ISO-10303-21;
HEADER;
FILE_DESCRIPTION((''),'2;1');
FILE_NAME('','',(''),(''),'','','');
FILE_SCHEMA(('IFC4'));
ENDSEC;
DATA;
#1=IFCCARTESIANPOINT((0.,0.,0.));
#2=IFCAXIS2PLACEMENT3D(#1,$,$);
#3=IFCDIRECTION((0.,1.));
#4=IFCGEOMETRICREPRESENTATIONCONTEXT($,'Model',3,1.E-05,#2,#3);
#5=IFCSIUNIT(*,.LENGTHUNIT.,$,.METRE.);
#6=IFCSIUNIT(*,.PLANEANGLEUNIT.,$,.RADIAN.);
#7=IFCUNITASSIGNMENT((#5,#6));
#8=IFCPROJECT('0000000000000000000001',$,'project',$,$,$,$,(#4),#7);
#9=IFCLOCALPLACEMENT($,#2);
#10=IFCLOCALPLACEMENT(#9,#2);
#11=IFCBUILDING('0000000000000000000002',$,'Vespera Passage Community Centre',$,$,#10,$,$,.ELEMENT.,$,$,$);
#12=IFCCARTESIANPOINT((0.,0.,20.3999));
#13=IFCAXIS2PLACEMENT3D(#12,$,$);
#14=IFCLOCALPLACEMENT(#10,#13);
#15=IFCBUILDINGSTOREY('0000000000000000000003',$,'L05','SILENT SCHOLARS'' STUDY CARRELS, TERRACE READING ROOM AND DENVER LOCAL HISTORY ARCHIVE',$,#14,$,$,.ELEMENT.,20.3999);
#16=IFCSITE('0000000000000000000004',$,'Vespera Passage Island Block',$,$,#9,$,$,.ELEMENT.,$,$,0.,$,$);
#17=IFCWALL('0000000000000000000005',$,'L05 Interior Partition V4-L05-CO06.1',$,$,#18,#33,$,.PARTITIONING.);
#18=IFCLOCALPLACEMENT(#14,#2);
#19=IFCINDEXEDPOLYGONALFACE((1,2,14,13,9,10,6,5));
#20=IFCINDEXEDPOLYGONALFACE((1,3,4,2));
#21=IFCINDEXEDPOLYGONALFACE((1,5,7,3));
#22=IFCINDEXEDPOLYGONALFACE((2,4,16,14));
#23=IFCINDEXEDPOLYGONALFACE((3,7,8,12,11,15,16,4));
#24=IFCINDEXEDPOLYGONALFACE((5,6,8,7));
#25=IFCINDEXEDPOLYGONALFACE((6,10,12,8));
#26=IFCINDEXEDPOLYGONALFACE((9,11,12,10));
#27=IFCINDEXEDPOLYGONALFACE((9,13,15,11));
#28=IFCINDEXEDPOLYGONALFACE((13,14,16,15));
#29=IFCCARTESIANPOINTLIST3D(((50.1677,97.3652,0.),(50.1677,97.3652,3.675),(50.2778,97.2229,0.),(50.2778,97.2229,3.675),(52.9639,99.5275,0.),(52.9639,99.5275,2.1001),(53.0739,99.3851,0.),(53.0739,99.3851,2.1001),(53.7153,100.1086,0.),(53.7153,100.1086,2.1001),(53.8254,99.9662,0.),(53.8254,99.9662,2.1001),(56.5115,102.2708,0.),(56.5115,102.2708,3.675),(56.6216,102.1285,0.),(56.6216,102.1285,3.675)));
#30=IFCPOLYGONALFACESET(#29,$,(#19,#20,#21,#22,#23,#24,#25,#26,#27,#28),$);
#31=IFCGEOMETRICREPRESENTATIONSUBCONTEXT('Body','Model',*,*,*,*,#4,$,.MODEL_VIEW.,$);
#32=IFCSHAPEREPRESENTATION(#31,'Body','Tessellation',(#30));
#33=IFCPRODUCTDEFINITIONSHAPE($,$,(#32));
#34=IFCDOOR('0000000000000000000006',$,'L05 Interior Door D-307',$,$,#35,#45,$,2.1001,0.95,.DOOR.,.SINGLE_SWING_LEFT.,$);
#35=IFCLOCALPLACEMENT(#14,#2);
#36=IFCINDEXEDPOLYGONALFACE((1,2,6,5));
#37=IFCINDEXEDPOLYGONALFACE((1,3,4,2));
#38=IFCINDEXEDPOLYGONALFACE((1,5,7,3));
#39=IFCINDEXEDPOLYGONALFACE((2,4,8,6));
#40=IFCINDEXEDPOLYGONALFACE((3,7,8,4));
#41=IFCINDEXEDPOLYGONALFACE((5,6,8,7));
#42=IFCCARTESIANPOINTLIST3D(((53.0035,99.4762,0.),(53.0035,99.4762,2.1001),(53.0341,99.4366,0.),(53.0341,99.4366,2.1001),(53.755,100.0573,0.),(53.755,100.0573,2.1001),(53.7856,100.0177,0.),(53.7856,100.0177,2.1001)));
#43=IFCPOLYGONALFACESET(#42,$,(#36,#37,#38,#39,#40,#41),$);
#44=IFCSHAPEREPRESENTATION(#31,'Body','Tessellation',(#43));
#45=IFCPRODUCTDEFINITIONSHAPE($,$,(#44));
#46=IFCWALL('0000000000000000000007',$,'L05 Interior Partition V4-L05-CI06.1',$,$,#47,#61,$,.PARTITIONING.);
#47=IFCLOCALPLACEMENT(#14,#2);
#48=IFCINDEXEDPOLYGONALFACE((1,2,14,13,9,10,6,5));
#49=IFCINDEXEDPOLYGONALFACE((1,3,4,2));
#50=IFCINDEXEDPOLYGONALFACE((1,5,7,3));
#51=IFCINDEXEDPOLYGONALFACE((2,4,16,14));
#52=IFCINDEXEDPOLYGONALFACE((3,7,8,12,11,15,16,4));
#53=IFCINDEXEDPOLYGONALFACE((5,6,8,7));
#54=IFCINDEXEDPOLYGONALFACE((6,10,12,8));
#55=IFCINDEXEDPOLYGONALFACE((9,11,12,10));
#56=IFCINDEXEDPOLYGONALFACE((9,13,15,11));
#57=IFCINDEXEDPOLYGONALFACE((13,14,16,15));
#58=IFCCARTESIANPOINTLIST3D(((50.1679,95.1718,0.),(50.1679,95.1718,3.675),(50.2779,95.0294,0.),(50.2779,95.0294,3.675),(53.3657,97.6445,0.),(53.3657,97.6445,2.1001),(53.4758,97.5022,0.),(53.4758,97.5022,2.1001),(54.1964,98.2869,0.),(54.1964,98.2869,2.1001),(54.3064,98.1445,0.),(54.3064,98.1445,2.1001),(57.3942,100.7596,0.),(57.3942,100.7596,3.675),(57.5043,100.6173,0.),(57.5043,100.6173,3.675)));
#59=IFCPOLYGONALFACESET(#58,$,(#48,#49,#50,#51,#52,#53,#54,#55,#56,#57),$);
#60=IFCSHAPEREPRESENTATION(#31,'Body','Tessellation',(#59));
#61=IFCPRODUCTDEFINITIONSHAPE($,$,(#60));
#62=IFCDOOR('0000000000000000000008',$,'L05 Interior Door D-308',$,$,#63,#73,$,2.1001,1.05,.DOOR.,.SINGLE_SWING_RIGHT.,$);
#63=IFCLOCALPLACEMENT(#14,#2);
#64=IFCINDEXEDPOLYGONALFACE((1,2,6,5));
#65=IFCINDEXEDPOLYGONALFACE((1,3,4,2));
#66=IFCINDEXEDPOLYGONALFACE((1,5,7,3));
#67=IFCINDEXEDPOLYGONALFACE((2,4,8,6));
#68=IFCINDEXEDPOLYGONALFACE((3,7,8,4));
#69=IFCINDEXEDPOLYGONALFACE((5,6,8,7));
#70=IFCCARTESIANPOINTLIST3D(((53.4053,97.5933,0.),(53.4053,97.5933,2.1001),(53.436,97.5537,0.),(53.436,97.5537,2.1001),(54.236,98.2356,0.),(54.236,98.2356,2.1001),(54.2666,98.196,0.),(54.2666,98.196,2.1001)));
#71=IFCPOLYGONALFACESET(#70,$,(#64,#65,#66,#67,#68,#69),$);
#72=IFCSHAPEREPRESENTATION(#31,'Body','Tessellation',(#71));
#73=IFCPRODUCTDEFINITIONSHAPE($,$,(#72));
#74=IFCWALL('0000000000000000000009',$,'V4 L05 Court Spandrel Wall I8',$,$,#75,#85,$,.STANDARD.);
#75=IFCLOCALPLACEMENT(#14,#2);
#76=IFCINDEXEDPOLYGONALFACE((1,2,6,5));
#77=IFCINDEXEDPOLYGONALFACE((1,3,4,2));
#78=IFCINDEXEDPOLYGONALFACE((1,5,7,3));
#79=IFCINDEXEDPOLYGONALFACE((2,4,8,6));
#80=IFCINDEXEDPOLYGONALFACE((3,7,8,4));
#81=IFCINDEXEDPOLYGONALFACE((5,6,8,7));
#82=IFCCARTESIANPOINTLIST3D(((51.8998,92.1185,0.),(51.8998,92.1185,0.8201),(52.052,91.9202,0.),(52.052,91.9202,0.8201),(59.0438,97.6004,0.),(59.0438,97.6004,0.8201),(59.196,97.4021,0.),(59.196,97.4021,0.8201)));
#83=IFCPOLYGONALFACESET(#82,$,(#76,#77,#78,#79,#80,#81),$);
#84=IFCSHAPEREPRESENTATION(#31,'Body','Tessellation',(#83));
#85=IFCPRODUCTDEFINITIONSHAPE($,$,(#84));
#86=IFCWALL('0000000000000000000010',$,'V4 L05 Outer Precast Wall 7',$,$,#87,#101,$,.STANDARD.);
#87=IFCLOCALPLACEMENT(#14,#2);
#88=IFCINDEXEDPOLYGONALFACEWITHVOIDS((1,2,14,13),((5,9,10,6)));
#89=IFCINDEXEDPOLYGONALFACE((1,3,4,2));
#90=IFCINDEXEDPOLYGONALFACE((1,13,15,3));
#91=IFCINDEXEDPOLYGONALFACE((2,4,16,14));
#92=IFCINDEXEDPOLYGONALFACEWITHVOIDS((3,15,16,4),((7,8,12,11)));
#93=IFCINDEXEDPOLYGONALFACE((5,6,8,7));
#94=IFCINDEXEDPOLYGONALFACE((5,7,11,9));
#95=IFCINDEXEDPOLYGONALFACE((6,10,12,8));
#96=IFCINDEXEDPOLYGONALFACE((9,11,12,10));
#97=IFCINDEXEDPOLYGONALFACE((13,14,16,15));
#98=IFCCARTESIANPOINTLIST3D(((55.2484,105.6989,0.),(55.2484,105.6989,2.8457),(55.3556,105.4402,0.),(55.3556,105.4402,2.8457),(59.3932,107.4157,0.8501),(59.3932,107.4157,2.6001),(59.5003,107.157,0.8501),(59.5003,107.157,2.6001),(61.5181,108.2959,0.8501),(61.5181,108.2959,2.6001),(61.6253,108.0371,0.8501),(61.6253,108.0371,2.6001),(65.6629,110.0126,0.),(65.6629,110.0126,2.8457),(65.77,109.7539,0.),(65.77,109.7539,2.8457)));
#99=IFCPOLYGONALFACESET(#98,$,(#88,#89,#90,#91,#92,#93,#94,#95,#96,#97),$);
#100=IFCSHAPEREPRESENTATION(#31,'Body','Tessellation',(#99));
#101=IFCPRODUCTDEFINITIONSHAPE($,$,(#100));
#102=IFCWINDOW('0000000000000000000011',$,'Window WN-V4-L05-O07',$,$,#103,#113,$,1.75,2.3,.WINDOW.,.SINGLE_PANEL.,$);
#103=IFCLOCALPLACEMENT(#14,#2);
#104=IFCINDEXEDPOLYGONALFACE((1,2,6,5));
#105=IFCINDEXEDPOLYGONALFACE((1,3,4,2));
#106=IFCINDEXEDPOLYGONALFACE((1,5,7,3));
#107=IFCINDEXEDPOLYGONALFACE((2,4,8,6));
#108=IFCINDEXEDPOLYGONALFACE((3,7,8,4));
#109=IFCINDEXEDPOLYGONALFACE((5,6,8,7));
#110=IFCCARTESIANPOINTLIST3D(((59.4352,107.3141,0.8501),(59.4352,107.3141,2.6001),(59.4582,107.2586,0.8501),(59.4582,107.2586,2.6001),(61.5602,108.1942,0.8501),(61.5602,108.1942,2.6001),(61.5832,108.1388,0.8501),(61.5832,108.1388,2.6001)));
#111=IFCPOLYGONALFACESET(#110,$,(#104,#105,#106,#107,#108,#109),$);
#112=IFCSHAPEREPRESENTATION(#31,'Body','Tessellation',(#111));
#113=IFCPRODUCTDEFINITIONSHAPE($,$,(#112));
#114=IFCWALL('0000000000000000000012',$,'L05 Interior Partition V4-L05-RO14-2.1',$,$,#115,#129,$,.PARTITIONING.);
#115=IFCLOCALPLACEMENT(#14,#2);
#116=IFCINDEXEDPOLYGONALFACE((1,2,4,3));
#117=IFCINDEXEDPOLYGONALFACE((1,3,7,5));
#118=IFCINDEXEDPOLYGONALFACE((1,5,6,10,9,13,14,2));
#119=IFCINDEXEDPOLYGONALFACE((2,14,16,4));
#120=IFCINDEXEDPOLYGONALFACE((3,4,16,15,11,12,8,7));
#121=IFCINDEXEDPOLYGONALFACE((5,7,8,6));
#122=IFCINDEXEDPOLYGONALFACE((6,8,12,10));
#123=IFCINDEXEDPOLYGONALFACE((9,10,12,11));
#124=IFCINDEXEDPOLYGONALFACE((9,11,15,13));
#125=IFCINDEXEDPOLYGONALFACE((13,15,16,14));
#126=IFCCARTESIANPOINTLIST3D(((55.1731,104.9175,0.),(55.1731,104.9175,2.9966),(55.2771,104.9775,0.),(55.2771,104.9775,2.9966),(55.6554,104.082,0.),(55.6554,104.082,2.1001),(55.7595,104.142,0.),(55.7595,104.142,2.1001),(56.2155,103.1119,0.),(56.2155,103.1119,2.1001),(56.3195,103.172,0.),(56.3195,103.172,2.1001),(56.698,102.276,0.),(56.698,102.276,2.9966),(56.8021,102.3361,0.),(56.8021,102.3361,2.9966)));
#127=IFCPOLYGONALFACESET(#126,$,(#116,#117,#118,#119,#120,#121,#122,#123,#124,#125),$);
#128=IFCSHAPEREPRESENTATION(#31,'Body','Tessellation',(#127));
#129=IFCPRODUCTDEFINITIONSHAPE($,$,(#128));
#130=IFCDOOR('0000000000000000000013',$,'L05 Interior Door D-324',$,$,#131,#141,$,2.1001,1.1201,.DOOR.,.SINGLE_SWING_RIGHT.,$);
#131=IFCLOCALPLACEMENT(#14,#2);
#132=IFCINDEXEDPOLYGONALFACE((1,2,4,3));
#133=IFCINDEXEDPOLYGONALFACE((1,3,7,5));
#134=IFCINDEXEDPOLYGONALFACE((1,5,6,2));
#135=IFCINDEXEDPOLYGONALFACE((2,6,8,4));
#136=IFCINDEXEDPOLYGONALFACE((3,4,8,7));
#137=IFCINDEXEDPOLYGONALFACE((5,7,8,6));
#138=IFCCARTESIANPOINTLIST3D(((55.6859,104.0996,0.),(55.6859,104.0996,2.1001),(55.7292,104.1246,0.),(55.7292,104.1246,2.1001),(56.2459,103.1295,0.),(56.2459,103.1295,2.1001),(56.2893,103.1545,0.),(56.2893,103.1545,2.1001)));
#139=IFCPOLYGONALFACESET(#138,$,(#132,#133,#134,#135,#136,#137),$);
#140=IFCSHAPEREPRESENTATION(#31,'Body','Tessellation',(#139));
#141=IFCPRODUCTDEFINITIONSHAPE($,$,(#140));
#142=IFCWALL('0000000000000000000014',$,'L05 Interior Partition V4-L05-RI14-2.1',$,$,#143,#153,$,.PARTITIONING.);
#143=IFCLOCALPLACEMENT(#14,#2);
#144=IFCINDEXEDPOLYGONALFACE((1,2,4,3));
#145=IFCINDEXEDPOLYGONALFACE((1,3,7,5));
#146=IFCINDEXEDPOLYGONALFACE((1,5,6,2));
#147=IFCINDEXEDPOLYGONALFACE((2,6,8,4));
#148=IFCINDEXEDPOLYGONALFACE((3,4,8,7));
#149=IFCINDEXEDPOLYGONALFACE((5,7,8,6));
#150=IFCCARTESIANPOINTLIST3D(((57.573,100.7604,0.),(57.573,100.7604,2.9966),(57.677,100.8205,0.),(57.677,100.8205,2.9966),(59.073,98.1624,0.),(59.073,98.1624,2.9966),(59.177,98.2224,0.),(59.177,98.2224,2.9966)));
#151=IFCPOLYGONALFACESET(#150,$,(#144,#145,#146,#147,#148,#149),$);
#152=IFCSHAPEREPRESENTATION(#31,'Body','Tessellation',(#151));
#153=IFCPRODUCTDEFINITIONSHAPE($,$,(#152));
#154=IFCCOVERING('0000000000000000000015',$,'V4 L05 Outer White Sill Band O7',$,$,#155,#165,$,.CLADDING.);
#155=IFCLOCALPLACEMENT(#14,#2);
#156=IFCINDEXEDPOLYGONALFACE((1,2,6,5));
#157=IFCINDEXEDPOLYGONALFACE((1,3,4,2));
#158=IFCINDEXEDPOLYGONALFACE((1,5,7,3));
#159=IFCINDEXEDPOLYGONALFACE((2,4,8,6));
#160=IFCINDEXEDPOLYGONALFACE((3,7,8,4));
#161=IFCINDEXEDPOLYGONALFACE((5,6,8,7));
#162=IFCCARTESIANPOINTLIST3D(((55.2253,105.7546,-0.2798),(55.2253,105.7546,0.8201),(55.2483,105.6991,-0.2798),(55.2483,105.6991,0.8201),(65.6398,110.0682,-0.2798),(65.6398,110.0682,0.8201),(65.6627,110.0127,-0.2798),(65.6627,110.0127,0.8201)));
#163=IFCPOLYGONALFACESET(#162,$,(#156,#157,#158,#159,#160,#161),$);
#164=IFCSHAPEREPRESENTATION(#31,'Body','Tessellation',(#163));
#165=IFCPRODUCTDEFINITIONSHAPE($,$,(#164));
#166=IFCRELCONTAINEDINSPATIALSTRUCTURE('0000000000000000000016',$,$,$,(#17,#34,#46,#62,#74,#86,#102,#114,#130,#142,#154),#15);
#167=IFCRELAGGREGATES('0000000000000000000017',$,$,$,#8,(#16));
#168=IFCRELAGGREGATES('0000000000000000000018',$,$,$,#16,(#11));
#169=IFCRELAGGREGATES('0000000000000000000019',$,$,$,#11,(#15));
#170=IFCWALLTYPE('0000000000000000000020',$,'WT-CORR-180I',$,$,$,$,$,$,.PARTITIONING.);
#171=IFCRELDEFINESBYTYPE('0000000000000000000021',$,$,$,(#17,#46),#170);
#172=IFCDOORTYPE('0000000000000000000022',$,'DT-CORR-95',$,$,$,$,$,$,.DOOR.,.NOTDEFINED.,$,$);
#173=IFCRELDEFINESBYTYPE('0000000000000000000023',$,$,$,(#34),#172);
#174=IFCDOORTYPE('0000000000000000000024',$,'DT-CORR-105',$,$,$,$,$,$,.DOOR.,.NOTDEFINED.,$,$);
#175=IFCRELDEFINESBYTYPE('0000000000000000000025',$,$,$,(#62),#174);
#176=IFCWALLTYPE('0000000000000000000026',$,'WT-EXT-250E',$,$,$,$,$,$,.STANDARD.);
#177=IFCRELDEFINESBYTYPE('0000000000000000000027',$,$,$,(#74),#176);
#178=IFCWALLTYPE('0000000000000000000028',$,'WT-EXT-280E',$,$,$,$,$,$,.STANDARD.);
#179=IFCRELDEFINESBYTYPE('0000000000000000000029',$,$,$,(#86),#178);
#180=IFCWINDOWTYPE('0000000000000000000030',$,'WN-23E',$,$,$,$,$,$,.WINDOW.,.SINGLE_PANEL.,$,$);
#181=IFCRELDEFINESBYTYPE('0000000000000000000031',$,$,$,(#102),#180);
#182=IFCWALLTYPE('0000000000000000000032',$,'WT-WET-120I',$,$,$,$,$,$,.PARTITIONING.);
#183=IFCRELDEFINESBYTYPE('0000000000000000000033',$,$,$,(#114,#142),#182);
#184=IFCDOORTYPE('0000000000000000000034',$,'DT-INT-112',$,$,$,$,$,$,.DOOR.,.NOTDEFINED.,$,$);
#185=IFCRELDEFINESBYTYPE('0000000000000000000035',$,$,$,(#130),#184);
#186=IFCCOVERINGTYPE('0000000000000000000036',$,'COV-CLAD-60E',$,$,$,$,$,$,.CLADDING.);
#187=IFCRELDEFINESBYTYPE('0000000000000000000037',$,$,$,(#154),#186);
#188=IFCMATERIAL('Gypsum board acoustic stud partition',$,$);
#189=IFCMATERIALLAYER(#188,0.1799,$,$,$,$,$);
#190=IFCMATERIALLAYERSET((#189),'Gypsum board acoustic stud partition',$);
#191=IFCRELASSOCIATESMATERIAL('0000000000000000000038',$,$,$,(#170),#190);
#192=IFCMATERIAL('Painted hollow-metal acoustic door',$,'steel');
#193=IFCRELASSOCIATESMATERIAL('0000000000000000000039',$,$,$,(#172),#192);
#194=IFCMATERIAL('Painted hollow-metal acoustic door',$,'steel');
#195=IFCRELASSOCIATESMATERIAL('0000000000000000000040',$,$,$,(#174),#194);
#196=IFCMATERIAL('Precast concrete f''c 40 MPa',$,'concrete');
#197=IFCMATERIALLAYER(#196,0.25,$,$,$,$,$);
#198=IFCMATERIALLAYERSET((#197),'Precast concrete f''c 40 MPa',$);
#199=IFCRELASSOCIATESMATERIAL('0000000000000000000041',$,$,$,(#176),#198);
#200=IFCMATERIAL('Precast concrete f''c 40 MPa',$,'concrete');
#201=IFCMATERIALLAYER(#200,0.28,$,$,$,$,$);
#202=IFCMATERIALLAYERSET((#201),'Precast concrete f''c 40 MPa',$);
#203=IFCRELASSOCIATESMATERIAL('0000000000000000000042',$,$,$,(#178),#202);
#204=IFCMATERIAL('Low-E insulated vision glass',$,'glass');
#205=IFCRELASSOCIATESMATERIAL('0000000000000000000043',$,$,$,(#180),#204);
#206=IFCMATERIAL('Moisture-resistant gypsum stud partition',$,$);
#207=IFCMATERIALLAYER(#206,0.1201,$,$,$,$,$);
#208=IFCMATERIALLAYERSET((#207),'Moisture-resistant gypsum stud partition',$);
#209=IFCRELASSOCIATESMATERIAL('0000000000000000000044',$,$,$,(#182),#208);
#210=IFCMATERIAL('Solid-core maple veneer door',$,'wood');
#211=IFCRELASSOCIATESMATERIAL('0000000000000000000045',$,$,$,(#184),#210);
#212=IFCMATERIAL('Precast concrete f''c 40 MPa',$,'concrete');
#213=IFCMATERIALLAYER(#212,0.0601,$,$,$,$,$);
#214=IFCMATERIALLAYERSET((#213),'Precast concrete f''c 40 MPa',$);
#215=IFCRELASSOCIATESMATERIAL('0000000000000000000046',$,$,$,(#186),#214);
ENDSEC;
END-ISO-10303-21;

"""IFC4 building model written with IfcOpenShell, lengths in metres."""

from ifc_helpers import new_model, si_unit, direction, frame, frame_2d, origin, place, context, subcontext, project, spatial, rectangle, extrude, material, layer, layer_set, type_object, element, fill, save


model = new_model("IFC4")

# Units and contexts
model_context = context("Model", 3, precision=1e-05, world=origin(), true_north=direction((0.0, 1.0)))
body_context = subcontext(model_context, "Body", "Model", "MODEL_VIEW")
ifc_project = project(units=[si_unit("LENGTHUNIT", "METRE"), si_unit("PLANEANGLEUNIT", "RADIAN")], contexts=[model_context])

# Site, building, storey
site_placement = place(None, origin())
site = spatial("IfcSite", under=ifc_project, at=site_placement, Name="Vespera Passage Island Block", CompositionType="ELEMENT", RefElevation=0.0)
building_placement = place(site_placement, origin())
building = spatial("IfcBuilding", under=site, at=building_placement, Name="Vespera Passage Community Centre", CompositionType="ELEMENT")
storey_placement = place(building_placement, frame((0.0, 0.0, 20.3999)))
storey = spatial("IfcBuildingStorey", under=building, at=storey_placement, Name="L05", Description="SILENT SCHOLARS' STUDY CARRELS, TERRACE READING ROOM AND DENVER LOCAL HISTORY ARCHIVE", CompositionType="ELEMENT", Elevation=20.3999)

# Walls, openings, doors
ifc_material_1 = material(Name="Gypsum board acoustic stud partition")
ifc_layer_1 = layer(ifc_material_1, 0.1799)
ifc_layer_set_1 = layer_set([ifc_layer_1], Name="Gypsum board acoustic stud partition")
wall_type_1 = type_object("IfcWallType", Name="WT-CORR-180I", PredefinedType="PARTITIONING", material=ifc_layer_set_1)
wall_1_placement = place(storey_placement, frame((56.5667, 102.1997, 0.0), z_axis=(0.0, 0.0, 1.0), x_axis=(-0.791072, -0.611723, 0.0)))
wall_1 = element("IfcWall", 1, at=wall_1_placement, inside=storey, type_object=wall_type_1, Name="L05 Interior Partition V4-L05-CO06.1", PredefinedType="PARTITIONING", context=body_context, shape_type="SweptSolid", body=[
    extrude(rectangle(XDim=8.0193, YDim=0.1799, at=frame_2d((4.0098, 0.0))), origin(), (0.0, 0.0, 1.0), 3.675),
])
opening_1_placement = place(wall_1_placement, frame((3.5347, 0.0, 0.0)))
opening_1 = element("IfcOpeningElement", 2, at=opening_1_placement, cuts=wall_1, PredefinedType="OPENING", context=body_context, shape_type="SweptSolid", body=[
    extrude(rectangle(XDim=0.95, YDim=2.1001, at=frame_2d((0.4751, 1.05))), frame((0.0, 0.0999, 0.0), z_axis=(0.0, -1.0, 0.0), x_axis=(1.0, 0.0, 0.0)), (0.0, 0.0, 1.0), 0.2),
])
ifc_material_2 = material(Name="Painted hollow-metal acoustic door", Category="steel")
door_type_1 = type_object("IfcDoorType", Name="DT-CORR-95", OperationType="NOTDEFINED", PredefinedType="DOOR", material=ifc_material_2)
door_1_placement = place(opening_1_placement, origin())
door_1 = element("IfcDoor", 3, at=door_1_placement, inside=storey, type_object=door_type_1, Name="L05 Interior Door D-307", OperationType="SINGLE_SWING_LEFT", OverallHeight=2.1001, OverallWidth=0.95, PredefinedType="DOOR", context=body_context, shape_type="SweptSolid", body=[
    extrude(rectangle(XDim=0.95, YDim=2.1001, at=frame_2d((0.4751, 1.05))), frame((0.0, 0.0249, 0.0), z_axis=(0.0, -1.0, 0.0), x_axis=(1.0, 0.0, 0.0)), (0.0, 0.0, 1.0), 0.05),
])
fill(opening_1, door_1)
wall_2_placement = place(storey_placement, frame((57.4492, 100.6885, 0.0), z_axis=(0.0, 0.0, 1.0), x_axis=(-0.791077, -0.611716, 0.0)))
wall_2 = element("IfcWall", 4, at=wall_2_placement, inside=storey, type_object=wall_type_1, Name="L05 Interior Partition V4-L05-CI06.1", PredefinedType="PARTITIONING", context=body_context, shape_type="SweptSolid", body=[
    extrude(rectangle(XDim=9.1348, YDim=0.1799, at=frame_2d((4.5674, 0.0))), origin(), (0.0, 0.0, 1.0), 3.675),
])
opening_2_placement = place(wall_2_placement, frame((4.0425, 0.0, 0.0)))
opening_2 = element("IfcOpeningElement", 5, at=opening_2_placement, cuts=wall_2, PredefinedType="OPENING", context=body_context, shape_type="SweptSolid", body=[
    extrude(rectangle(XDim=1.05, YDim=2.1001, at=frame_2d((0.5249, 1.05))), frame((0.0, 0.0999, 0.0), z_axis=(0.0, -1.0, 0.0), x_axis=(1.0, 0.0, 0.0)), (0.0, 0.0, 1.0), 0.2),
])
ifc_material_3 = material(Name="Painted hollow-metal acoustic door", Category="steel")
door_type_2 = type_object("IfcDoorType", Name="DT-CORR-105", OperationType="NOTDEFINED", PredefinedType="DOOR", material=ifc_material_3)
door_2_placement = place(opening_2_placement, origin())
door_2 = element("IfcDoor", 6, at=door_2_placement, inside=storey, type_object=door_type_2, Name="L05 Interior Door D-308", OperationType="SINGLE_SWING_RIGHT", OverallHeight=2.1001, OverallWidth=1.05, PredefinedType="DOOR", context=body_context, shape_type="SweptSolid", body=[
    extrude(rectangle(XDim=1.05, YDim=2.1001, at=frame_2d((0.5249, 1.05))), frame((0.0, 0.0249, 0.0), z_axis=(0.0, -1.0, 0.0), x_axis=(1.0, 0.0, 0.0)), (0.0, 0.0, 1.0), 0.05),
])
fill(opening_2, door_2)

# Wall
ifc_material_4 = material(Name="Precast concrete f'c 40 MPa", Category="concrete")
ifc_layer_2 = layer(ifc_material_4, 0.25)
ifc_layer_set_2 = layer_set([ifc_layer_2], Name="Precast concrete f'c 40 MPa")
wall_type_2 = type_object("IfcWallType", Name="WT-EXT-250E", PredefinedType="STANDARD", material=ifc_layer_set_2)
wall_3_placement = place(storey_placement, frame((59.1199, 97.5012, 0.0), z_axis=(0.0, 0.0, 1.0), x_axis=(-0.793347, -0.60877, 0.0)))
element("IfcWall", 7, at=wall_3_placement, inside=storey, type_object=wall_type_2, Name="V4 L05 Court Spandrel Wall I8", PredefinedType="STANDARD", context=body_context, shape_type="SweptSolid", body=[
    extrude(rectangle(XDim=9.0049, YDim=0.25, at=frame_2d((4.5024, 0.0))), origin(), (0.0, 0.0, 1.0), 0.8201),
])

# Wall, opening, window
ifc_material_5 = material(Name="Precast concrete f'c 40 MPa", Category="concrete")
ifc_layer_3 = layer(ifc_material_5, 0.28)
ifc_layer_set_3 = layer_set([ifc_layer_3], Name="Precast concrete f'c 40 MPa")
wall_type_3 = type_object("IfcWallType", Name="WT-EXT-280E", PredefinedType="STANDARD", material=ifc_layer_set_3)
wall_4_placement = place(storey_placement, frame((55.302, 105.5696, 0.0), z_axis=(0.0, 0.0, 1.0), x_axis=(0.923884, 0.382674, 0.0)))
wall_4 = element("IfcWall", 8, at=wall_4_placement, inside=storey, type_object=wall_type_3, Name="V4 L05 Outer Precast Wall 7", PredefinedType="STANDARD", context=body_context, shape_type="SweptSolid", body=[
    extrude(rectangle(XDim=11.2725, YDim=0.28, at=frame_2d((5.6362, 0.0))), origin(), (0.0, 0.0, 1.0), 2.8457),
])
opening_3_placement = place(wall_4_placement, frame((4.4863, 0.0, 0.8501)))
opening_3 = element("IfcOpeningElement", 9, at=opening_3_placement, cuts=wall_4, PredefinedType="OPENING", context=body_context, shape_type="SweptSolid", body=[
    extrude(rectangle(XDim=2.3, YDim=1.75, at=frame_2d((1.1499, 0.875))), frame((0.0, 0.1501, 0.0), z_axis=(0.0, -1.0, 0.0), x_axis=(1.0, 0.0, 0.0)), (0.0, 0.0, 1.0), 0.3),
])
ifc_material_6 = material(Name="Low-E insulated vision glass", Category="glass")
window_type = type_object("IfcWindowType", Name="WN-23E", PartitioningType="SINGLE_PANEL", PredefinedType="WINDOW", material=ifc_material_6)
window_placement = place(opening_3_placement, origin())
window = element("IfcWindow", 10, at=window_placement, inside=storey, type_object=window_type, Name="Window WN-V4-L05-O07", OverallHeight=1.75, OverallWidth=2.3, PartitioningType="SINGLE_PANEL", PredefinedType="WINDOW", context=body_context, shape_type="SweptSolid", body=[
    extrude(rectangle(XDim=2.3, YDim=1.75, at=frame_2d((1.1499, 0.875))), frame((0.0, 0.03, 0.0), z_axis=(0.0, -1.0, 0.0), x_axis=(1.0, 0.0, 0.0)), (0.0, 0.0, 1.0), 0.0601),
])
fill(opening_3, window)

# Wall, opening, door
ifc_material_7 = material(Name="Moisture-resistant gypsum stud partition")
ifc_layer_4 = layer(ifc_material_7, 0.1201)
ifc_layer_set_4 = layer_set([ifc_layer_4], Name="Moisture-resistant gypsum stud partition")
wall_type_4 = type_object("IfcWallType", Name="WT-WET-120I", PredefinedType="PARTITIONING", material=ifc_layer_set_4)
wall_5_placement = place(storey_placement, frame((56.75, 102.3062, 0.0), z_axis=(0.0, 0.0, 1.0), x_axis=(-0.499979, 0.866038, 0.0)))
wall_5 = element("IfcWall", 11, at=wall_5_placement, inside=storey, type_object=wall_type_4, Name="L05 Interior Partition V4-L05-RO14-2.1", PredefinedType="PARTITIONING", context=body_context, shape_type="SweptSolid", body=[
    extrude(rectangle(XDim=3.05, YDim=0.1201, at=frame_2d((1.5249, 0.0))), origin(), (0.0, 0.0, 1.0), 2.9966),
])
opening_4_placement = place(wall_5_placement, frame((0.9651, 0.0, 0.0)))
opening_4 = element("IfcOpeningElement", 12, at=opening_4_placement, cuts=wall_5, PredefinedType="OPENING", context=body_context, shape_type="SweptSolid", body=[
    extrude(rectangle(XDim=1.1201, YDim=2.1001, at=frame_2d((0.5601, 1.05))), frame((0.0, 0.0701, 0.0), z_axis=(0.0, -1.0, 0.0), x_axis=(1.0, 0.0, 0.0)), (0.0, 0.0, 1.0), 0.1401),
])
ifc_material_8 = material(Name="Solid-core maple veneer door", Category="wood")
door_type_3 = type_object("IfcDoorType", Name="DT-INT-112", OperationType="NOTDEFINED", PredefinedType="DOOR", material=ifc_material_8)
door_3_placement = place(opening_4_placement, origin())
door_3 = element("IfcDoor", 13, at=door_3_placement, inside=storey, type_object=door_type_3, Name="L05 Interior Door D-324", OperationType="SINGLE_SWING_RIGHT", OverallHeight=2.1001, OverallWidth=1.1201, PredefinedType="DOOR", context=body_context, shape_type="SweptSolid", body=[
    extrude(rectangle(XDim=1.1201, YDim=2.1001, at=frame_2d((0.5601, 1.05))), frame((0.0, 0.0249, 0.0), z_axis=(0.0, -1.0, 0.0), x_axis=(1.0, 0.0, 0.0)), (0.0, 0.0, 1.0), 0.05),
])
fill(opening_4, door_3)

# Wall
wall_6_placement = place(storey_placement, frame((59.125, 98.1924, 0.0), z_axis=(0.0, 0.0, 1.0), x_axis=(-0.49999, 0.866031, 0.0)))
element("IfcWall", 14, at=wall_6_placement, inside=storey, type_object=wall_type_4, Name="L05 Interior Partition V4-L05-RI14-2.1", PredefinedType="PARTITIONING", context=body_context, shape_type="SweptSolid", body=[
    extrude(rectangle(XDim=3.0, YDim=0.1201, at=frame_2d((1.5, 0.0))), origin(), (0.0, 0.0, 1.0), 2.9966),
])

# Covering
ifc_material_9 = material(Name="Precast concrete f'c 40 MPa", Category="concrete")
ifc_layer_5 = layer(ifc_material_9, 0.0601)
ifc_layer_set_5 = layer_set([ifc_layer_5], Name="Precast concrete f'c 40 MPa")
covering_type = type_object("IfcCoveringType", Name="COV-CLAD-60E", PredefinedType="CLADDING", material=ifc_layer_set_5)
covering_placement = place(storey_placement, frame((55.2368, 105.7268, -0.2798), z_axis=(0.0, 0.0, 1.0), x_axis=(0.923884, 0.382674, 0.0)))
element("IfcCovering", 15, at=covering_placement, inside=storey, type_object=covering_type, Name="V4 L05 Outer White Sill Band O7", PredefinedType="CLADDING", context=body_context, shape_type="SweptSolid", body=[
    extrude(rectangle(XDim=11.2725, YDim=0.0601, at=frame_2d((5.6362, 0.0))), origin(), (0.0, 0.0, 1.0), 1.0999),
])

save(model, "model.ifc")
